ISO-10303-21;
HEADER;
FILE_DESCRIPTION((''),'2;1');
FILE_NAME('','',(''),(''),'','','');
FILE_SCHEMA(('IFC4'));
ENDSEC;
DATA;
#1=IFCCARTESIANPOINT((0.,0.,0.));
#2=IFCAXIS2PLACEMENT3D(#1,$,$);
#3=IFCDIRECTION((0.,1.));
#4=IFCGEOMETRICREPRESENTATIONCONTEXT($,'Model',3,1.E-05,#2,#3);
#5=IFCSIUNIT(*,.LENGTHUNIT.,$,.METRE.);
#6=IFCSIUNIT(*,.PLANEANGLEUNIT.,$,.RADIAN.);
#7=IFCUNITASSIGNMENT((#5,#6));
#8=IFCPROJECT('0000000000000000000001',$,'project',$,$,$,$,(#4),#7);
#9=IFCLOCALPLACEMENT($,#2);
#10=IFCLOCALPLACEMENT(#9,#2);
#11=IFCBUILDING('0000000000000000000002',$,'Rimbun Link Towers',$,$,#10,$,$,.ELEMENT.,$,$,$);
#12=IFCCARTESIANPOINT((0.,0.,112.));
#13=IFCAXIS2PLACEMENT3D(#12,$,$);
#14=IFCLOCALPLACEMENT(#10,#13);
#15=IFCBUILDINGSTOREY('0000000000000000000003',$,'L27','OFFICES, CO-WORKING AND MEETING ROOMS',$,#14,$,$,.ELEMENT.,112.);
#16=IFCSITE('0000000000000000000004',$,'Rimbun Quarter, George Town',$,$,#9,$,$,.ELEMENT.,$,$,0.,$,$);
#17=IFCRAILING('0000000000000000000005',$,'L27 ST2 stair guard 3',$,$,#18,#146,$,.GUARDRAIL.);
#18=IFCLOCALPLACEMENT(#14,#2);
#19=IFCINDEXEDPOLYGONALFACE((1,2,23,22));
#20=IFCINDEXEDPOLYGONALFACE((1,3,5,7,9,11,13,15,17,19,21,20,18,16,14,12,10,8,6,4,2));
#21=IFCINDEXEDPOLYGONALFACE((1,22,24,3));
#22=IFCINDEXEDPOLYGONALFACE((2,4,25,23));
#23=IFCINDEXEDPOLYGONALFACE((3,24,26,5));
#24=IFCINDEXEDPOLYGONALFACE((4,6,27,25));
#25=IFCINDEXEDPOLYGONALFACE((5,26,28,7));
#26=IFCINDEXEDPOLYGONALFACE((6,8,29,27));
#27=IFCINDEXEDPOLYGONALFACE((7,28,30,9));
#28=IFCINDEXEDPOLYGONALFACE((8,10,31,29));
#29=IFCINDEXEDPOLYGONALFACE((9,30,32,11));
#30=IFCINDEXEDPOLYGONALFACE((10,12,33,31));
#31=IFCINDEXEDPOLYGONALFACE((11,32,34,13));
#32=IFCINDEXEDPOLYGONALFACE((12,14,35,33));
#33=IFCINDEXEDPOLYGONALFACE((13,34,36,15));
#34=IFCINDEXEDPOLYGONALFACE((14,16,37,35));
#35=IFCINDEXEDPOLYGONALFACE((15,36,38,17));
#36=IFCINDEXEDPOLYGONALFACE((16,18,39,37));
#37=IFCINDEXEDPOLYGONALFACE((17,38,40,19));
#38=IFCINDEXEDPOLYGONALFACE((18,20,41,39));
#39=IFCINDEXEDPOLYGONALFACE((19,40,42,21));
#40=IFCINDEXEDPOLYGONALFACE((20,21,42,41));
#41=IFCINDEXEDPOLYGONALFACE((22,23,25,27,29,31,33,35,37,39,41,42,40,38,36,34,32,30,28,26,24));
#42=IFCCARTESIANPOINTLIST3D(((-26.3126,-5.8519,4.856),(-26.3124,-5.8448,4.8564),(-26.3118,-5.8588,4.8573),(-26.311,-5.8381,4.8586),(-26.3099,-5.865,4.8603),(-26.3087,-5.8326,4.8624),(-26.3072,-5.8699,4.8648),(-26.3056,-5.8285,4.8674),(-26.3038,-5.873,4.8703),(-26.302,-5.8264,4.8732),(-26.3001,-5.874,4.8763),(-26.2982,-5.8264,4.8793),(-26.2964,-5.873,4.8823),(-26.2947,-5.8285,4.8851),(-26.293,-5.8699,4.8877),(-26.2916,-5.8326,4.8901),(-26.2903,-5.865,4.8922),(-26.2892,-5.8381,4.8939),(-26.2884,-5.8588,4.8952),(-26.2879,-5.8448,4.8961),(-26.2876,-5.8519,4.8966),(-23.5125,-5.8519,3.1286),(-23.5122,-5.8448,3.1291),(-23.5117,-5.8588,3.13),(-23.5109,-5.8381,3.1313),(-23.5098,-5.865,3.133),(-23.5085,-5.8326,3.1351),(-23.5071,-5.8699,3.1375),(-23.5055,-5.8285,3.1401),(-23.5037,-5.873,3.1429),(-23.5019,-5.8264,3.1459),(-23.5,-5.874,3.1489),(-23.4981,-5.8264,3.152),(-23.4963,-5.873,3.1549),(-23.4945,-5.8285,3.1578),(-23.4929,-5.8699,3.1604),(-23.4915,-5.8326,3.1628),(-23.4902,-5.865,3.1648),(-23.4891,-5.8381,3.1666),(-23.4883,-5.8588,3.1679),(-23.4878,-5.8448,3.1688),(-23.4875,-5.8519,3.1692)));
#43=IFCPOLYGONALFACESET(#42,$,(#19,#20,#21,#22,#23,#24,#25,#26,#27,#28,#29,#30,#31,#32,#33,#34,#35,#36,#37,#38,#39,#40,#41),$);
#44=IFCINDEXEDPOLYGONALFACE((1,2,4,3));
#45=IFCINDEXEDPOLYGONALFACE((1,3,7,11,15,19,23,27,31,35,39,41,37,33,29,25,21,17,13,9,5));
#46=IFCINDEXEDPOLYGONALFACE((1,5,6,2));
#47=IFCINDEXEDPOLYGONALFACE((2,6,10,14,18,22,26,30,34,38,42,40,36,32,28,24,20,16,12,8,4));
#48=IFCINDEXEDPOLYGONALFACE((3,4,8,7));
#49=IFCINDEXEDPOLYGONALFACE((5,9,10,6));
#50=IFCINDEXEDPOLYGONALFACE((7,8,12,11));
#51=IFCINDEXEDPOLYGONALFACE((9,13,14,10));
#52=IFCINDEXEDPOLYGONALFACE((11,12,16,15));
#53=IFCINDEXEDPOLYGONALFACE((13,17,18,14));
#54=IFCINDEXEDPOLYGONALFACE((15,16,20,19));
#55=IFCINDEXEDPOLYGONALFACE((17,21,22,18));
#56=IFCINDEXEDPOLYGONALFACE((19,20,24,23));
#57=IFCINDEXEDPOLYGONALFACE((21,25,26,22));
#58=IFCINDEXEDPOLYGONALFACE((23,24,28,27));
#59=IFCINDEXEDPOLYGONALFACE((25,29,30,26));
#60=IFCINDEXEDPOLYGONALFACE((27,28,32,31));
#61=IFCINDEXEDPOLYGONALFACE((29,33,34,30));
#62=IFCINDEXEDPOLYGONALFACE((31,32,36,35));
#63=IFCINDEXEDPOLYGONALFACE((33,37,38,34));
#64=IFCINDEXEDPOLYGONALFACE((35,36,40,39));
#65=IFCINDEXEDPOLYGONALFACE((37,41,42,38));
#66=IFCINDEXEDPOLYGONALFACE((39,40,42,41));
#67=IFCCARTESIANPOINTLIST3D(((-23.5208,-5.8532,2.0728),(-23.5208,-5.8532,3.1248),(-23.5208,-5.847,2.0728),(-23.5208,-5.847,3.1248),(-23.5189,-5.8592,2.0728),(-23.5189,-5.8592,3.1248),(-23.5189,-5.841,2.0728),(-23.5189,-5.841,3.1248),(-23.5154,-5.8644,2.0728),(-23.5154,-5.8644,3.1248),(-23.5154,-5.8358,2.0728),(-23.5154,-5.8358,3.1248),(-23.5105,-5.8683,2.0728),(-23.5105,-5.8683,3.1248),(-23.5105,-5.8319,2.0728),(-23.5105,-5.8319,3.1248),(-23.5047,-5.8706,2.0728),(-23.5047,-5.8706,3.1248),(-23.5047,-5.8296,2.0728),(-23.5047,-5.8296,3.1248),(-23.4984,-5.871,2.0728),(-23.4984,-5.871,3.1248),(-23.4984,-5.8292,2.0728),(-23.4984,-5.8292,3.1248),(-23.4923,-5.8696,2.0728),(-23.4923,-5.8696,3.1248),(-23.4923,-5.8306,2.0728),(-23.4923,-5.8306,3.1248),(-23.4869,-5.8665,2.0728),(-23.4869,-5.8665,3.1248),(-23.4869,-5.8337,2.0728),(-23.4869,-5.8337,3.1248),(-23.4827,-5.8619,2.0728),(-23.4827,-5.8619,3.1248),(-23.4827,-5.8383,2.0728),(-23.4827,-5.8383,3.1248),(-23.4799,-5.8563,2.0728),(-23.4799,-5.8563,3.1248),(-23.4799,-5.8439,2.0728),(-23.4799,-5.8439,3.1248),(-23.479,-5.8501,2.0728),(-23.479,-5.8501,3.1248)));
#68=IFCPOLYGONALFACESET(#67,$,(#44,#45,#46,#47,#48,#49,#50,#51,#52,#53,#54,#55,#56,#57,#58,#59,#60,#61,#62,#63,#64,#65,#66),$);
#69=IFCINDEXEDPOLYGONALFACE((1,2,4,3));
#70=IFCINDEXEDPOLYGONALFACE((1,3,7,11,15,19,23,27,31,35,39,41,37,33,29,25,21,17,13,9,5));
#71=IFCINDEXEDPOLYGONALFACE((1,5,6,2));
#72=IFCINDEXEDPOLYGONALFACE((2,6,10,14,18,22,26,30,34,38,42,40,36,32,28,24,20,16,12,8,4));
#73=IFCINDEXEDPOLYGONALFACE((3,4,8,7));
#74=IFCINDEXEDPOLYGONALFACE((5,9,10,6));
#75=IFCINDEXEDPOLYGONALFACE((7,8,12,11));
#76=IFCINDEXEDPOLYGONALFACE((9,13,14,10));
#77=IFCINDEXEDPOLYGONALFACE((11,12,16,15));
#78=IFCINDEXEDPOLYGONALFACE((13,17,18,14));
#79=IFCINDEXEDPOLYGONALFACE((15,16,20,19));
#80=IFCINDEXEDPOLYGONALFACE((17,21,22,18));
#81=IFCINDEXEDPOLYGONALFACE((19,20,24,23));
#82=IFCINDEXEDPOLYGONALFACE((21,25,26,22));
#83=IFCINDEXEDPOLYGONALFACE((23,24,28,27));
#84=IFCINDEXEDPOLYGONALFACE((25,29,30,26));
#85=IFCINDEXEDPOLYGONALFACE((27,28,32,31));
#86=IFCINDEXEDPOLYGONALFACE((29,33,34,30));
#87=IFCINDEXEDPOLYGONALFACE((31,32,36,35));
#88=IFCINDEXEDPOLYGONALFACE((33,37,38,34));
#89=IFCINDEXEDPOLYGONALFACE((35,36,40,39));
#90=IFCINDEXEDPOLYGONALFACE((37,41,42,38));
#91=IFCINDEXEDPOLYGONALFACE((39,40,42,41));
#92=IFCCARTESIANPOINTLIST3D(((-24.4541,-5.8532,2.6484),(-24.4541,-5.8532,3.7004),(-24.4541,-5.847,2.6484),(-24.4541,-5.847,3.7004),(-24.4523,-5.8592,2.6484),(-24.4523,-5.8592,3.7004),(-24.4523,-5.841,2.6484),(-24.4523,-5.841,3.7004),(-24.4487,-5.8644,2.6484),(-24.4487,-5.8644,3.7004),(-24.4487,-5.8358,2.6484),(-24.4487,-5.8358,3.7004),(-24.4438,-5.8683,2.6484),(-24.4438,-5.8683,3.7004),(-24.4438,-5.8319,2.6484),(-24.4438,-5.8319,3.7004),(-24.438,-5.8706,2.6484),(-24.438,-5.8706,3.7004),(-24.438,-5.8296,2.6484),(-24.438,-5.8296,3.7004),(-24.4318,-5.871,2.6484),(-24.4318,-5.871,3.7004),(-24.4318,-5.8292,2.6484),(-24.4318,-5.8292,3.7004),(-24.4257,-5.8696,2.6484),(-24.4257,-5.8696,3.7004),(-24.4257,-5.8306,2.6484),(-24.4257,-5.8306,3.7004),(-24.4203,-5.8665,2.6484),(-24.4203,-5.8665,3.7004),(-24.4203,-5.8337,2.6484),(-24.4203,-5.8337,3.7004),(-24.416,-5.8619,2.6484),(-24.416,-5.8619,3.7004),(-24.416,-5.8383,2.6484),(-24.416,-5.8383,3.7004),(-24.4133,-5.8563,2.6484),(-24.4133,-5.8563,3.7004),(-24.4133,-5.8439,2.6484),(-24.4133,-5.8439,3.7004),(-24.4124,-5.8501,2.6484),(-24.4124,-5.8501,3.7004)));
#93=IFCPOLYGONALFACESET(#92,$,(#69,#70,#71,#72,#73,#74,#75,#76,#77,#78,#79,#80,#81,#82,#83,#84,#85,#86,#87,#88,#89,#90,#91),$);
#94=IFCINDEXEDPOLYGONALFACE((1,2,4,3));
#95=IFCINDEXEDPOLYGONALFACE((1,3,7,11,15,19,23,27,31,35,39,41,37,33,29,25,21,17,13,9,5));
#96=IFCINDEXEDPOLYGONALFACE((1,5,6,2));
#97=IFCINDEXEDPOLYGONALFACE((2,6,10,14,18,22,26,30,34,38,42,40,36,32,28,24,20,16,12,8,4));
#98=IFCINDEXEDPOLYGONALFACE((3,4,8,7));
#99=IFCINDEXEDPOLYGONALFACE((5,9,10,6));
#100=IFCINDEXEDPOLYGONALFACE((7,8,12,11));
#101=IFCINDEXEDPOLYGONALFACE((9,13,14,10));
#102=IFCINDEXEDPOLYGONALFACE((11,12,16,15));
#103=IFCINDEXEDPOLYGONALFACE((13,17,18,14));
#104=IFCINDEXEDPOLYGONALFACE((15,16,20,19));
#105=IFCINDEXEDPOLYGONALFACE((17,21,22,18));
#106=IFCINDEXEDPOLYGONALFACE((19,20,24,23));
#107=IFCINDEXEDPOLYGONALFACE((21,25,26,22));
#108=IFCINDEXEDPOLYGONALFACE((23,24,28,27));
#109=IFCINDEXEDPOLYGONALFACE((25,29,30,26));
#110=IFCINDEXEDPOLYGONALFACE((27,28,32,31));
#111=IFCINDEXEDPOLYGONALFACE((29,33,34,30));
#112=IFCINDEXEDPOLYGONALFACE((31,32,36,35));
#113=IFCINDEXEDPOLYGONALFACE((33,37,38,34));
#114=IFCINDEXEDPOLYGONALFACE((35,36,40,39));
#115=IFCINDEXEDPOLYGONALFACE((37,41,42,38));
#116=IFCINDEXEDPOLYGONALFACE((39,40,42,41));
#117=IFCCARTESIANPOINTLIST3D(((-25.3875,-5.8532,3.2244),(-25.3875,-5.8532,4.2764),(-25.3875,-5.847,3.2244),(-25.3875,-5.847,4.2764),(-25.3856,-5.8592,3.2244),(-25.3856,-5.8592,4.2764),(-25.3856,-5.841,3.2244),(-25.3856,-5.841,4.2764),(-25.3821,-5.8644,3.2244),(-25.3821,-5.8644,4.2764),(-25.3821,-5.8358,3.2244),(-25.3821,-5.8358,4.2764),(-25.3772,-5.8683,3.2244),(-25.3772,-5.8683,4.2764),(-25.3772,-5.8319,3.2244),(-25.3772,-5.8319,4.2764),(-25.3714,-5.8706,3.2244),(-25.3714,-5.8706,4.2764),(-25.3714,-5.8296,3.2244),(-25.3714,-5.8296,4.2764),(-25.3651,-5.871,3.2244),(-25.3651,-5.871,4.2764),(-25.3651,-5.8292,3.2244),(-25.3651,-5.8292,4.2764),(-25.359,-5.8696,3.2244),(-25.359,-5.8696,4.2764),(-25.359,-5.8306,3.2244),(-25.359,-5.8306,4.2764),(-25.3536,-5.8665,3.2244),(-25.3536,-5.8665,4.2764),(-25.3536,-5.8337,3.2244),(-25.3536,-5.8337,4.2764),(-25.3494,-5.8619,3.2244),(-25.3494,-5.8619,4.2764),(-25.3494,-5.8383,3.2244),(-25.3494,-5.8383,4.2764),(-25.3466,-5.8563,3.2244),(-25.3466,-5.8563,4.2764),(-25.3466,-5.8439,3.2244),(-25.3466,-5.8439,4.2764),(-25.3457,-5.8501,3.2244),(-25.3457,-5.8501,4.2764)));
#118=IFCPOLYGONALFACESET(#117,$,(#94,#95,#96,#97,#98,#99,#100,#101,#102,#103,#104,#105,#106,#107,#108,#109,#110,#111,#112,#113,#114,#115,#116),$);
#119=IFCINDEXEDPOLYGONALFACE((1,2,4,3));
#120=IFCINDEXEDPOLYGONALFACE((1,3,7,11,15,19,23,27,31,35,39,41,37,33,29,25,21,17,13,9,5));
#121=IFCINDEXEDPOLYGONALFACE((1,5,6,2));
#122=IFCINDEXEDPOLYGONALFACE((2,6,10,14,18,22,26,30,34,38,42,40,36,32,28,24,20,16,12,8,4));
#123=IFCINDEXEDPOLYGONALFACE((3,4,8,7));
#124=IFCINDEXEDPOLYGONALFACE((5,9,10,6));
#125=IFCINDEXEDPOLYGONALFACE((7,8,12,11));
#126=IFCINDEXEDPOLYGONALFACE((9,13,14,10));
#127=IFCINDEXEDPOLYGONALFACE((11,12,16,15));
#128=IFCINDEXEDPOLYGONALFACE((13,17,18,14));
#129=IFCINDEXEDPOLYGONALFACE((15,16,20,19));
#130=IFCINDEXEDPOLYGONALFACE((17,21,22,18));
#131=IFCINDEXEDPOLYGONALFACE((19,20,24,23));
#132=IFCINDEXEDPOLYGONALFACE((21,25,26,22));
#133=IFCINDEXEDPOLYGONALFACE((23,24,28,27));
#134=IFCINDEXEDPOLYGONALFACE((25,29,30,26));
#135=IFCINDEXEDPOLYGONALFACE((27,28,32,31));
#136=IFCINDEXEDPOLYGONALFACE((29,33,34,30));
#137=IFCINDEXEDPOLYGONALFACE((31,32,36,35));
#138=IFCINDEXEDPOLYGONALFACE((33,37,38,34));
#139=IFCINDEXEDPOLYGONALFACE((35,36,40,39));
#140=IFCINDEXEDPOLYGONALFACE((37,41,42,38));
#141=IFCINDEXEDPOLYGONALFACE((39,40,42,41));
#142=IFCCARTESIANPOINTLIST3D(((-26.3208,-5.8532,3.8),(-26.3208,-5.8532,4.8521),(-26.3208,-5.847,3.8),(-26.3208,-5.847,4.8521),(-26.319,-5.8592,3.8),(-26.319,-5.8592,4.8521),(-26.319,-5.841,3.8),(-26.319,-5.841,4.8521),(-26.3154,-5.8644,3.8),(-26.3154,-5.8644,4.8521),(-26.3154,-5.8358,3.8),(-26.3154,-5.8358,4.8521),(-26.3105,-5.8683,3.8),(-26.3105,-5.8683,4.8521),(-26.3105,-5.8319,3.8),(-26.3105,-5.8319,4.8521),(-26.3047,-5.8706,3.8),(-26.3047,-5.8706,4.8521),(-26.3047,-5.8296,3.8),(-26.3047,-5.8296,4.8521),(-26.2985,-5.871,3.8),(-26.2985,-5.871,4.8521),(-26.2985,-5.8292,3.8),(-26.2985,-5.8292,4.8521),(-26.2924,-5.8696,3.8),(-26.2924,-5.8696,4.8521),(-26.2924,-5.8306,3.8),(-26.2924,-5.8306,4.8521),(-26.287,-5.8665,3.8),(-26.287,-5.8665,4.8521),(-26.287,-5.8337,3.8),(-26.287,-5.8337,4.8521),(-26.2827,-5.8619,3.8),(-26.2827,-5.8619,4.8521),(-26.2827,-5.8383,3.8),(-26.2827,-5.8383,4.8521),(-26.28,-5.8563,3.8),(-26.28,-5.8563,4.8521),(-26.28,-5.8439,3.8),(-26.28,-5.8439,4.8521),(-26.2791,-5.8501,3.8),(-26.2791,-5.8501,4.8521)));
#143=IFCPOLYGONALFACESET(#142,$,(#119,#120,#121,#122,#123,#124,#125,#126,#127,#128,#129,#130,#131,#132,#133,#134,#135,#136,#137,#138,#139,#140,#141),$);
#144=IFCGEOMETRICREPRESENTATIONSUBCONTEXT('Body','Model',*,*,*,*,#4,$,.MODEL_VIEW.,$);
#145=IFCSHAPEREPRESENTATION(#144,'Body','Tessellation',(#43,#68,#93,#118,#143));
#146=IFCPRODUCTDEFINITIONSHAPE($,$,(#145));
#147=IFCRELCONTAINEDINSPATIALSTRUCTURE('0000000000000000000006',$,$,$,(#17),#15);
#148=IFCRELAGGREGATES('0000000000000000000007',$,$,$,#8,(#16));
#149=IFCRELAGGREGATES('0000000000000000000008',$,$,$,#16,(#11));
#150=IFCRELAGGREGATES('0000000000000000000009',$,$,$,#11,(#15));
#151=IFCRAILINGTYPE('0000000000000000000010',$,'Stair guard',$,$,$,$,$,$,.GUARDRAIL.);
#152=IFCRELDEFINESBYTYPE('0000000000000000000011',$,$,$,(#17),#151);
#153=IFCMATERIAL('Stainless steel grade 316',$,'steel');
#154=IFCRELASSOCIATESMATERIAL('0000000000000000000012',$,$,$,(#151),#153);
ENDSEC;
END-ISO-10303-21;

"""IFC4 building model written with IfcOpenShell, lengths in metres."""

from ifc_helpers import new_model, si_unit, direction, frame, origin, origin_2d, place, context, subcontext, project, spatial, circle, extrude, material, type_object, element, save


model = new_model("IFC4")

# Units and contexts
model_context = context("Model", 3, precision=1e-05, world=origin(), true_north=direction((0.0, 1.0)))
body_context = subcontext(model_context, "Body", "Model", "MODEL_VIEW")
ifc_project = project(units=[si_unit("LENGTHUNIT", "METRE"), si_unit("PLANEANGLEUNIT", "RADIAN")], contexts=[model_context])

# Site, building, storey
site_placement = place(None, origin())
site = spatial("IfcSite", under=ifc_project, at=site_placement, Name="Rimbun Quarter, George Town", CompositionType="ELEMENT", RefElevation=0.0)
building_placement = place(site_placement, origin())
building = spatial("IfcBuilding", under=site, at=building_placement, Name="Rimbun Link Towers", CompositionType="ELEMENT")
storey_placement = place(building_placement, frame((0.0, 0.0, 112.0)))
storey = spatial("IfcBuildingStorey", under=building, at=storey_placement, Name="L27", Description="OFFICES, CO-WORKING AND MEETING ROOMS", CompositionType="ELEMENT", Elevation=112.0)

# Railing
ifc_material_1 = material(Name="Stainless steel grade 316", Category="steel")
railing_type_1 = type_object("IfcRailingType", Name="Stair guard", PredefinedType="GUARDRAIL", material=ifc_material_1)
railing_1_placement = place(storey_placement, frame((-23.5, -5.8501, 2.0728)))
element("IfcRailing", 1, at=railing_1_placement, inside=storey, type_object=railing_type_1, Name="L27 ST2 stair guard 3", PredefinedType="GUARDRAIL", context=body_context, shape_type="SweptSolid", body=[
    extrude(circle(Radius=0.0239, at=origin_2d()), frame((0.0, 0.0, 1.0762), z_axis=(-0.85109, 0.0, 0.52502), x_axis=(0.0, -1.0, 0.0)), (0.0, 0.0, 1.0), 3.29),
    extrude(circle(Radius=0.021, at=origin_2d()), origin(), (0.0, 0.0, 1.0), 1.052),
    extrude(circle(Radius=0.021, at=origin_2d()), frame((-0.9333, 0.0, 0.5757)), (0.0, 0.0, 1.0), 1.052),
    extrude(circle(Radius=0.021, at=origin_2d()), frame((-1.8667, 0.0, 1.1516)), (0.0, 0.0, 1.0), 1.052),
    extrude(circle(Radius=0.021, at=origin_2d()), frame((-2.8, 0.0, 1.7273)), (0.0, 0.0, 1.0), 1.052),
])

save(model, "model.ifc")
